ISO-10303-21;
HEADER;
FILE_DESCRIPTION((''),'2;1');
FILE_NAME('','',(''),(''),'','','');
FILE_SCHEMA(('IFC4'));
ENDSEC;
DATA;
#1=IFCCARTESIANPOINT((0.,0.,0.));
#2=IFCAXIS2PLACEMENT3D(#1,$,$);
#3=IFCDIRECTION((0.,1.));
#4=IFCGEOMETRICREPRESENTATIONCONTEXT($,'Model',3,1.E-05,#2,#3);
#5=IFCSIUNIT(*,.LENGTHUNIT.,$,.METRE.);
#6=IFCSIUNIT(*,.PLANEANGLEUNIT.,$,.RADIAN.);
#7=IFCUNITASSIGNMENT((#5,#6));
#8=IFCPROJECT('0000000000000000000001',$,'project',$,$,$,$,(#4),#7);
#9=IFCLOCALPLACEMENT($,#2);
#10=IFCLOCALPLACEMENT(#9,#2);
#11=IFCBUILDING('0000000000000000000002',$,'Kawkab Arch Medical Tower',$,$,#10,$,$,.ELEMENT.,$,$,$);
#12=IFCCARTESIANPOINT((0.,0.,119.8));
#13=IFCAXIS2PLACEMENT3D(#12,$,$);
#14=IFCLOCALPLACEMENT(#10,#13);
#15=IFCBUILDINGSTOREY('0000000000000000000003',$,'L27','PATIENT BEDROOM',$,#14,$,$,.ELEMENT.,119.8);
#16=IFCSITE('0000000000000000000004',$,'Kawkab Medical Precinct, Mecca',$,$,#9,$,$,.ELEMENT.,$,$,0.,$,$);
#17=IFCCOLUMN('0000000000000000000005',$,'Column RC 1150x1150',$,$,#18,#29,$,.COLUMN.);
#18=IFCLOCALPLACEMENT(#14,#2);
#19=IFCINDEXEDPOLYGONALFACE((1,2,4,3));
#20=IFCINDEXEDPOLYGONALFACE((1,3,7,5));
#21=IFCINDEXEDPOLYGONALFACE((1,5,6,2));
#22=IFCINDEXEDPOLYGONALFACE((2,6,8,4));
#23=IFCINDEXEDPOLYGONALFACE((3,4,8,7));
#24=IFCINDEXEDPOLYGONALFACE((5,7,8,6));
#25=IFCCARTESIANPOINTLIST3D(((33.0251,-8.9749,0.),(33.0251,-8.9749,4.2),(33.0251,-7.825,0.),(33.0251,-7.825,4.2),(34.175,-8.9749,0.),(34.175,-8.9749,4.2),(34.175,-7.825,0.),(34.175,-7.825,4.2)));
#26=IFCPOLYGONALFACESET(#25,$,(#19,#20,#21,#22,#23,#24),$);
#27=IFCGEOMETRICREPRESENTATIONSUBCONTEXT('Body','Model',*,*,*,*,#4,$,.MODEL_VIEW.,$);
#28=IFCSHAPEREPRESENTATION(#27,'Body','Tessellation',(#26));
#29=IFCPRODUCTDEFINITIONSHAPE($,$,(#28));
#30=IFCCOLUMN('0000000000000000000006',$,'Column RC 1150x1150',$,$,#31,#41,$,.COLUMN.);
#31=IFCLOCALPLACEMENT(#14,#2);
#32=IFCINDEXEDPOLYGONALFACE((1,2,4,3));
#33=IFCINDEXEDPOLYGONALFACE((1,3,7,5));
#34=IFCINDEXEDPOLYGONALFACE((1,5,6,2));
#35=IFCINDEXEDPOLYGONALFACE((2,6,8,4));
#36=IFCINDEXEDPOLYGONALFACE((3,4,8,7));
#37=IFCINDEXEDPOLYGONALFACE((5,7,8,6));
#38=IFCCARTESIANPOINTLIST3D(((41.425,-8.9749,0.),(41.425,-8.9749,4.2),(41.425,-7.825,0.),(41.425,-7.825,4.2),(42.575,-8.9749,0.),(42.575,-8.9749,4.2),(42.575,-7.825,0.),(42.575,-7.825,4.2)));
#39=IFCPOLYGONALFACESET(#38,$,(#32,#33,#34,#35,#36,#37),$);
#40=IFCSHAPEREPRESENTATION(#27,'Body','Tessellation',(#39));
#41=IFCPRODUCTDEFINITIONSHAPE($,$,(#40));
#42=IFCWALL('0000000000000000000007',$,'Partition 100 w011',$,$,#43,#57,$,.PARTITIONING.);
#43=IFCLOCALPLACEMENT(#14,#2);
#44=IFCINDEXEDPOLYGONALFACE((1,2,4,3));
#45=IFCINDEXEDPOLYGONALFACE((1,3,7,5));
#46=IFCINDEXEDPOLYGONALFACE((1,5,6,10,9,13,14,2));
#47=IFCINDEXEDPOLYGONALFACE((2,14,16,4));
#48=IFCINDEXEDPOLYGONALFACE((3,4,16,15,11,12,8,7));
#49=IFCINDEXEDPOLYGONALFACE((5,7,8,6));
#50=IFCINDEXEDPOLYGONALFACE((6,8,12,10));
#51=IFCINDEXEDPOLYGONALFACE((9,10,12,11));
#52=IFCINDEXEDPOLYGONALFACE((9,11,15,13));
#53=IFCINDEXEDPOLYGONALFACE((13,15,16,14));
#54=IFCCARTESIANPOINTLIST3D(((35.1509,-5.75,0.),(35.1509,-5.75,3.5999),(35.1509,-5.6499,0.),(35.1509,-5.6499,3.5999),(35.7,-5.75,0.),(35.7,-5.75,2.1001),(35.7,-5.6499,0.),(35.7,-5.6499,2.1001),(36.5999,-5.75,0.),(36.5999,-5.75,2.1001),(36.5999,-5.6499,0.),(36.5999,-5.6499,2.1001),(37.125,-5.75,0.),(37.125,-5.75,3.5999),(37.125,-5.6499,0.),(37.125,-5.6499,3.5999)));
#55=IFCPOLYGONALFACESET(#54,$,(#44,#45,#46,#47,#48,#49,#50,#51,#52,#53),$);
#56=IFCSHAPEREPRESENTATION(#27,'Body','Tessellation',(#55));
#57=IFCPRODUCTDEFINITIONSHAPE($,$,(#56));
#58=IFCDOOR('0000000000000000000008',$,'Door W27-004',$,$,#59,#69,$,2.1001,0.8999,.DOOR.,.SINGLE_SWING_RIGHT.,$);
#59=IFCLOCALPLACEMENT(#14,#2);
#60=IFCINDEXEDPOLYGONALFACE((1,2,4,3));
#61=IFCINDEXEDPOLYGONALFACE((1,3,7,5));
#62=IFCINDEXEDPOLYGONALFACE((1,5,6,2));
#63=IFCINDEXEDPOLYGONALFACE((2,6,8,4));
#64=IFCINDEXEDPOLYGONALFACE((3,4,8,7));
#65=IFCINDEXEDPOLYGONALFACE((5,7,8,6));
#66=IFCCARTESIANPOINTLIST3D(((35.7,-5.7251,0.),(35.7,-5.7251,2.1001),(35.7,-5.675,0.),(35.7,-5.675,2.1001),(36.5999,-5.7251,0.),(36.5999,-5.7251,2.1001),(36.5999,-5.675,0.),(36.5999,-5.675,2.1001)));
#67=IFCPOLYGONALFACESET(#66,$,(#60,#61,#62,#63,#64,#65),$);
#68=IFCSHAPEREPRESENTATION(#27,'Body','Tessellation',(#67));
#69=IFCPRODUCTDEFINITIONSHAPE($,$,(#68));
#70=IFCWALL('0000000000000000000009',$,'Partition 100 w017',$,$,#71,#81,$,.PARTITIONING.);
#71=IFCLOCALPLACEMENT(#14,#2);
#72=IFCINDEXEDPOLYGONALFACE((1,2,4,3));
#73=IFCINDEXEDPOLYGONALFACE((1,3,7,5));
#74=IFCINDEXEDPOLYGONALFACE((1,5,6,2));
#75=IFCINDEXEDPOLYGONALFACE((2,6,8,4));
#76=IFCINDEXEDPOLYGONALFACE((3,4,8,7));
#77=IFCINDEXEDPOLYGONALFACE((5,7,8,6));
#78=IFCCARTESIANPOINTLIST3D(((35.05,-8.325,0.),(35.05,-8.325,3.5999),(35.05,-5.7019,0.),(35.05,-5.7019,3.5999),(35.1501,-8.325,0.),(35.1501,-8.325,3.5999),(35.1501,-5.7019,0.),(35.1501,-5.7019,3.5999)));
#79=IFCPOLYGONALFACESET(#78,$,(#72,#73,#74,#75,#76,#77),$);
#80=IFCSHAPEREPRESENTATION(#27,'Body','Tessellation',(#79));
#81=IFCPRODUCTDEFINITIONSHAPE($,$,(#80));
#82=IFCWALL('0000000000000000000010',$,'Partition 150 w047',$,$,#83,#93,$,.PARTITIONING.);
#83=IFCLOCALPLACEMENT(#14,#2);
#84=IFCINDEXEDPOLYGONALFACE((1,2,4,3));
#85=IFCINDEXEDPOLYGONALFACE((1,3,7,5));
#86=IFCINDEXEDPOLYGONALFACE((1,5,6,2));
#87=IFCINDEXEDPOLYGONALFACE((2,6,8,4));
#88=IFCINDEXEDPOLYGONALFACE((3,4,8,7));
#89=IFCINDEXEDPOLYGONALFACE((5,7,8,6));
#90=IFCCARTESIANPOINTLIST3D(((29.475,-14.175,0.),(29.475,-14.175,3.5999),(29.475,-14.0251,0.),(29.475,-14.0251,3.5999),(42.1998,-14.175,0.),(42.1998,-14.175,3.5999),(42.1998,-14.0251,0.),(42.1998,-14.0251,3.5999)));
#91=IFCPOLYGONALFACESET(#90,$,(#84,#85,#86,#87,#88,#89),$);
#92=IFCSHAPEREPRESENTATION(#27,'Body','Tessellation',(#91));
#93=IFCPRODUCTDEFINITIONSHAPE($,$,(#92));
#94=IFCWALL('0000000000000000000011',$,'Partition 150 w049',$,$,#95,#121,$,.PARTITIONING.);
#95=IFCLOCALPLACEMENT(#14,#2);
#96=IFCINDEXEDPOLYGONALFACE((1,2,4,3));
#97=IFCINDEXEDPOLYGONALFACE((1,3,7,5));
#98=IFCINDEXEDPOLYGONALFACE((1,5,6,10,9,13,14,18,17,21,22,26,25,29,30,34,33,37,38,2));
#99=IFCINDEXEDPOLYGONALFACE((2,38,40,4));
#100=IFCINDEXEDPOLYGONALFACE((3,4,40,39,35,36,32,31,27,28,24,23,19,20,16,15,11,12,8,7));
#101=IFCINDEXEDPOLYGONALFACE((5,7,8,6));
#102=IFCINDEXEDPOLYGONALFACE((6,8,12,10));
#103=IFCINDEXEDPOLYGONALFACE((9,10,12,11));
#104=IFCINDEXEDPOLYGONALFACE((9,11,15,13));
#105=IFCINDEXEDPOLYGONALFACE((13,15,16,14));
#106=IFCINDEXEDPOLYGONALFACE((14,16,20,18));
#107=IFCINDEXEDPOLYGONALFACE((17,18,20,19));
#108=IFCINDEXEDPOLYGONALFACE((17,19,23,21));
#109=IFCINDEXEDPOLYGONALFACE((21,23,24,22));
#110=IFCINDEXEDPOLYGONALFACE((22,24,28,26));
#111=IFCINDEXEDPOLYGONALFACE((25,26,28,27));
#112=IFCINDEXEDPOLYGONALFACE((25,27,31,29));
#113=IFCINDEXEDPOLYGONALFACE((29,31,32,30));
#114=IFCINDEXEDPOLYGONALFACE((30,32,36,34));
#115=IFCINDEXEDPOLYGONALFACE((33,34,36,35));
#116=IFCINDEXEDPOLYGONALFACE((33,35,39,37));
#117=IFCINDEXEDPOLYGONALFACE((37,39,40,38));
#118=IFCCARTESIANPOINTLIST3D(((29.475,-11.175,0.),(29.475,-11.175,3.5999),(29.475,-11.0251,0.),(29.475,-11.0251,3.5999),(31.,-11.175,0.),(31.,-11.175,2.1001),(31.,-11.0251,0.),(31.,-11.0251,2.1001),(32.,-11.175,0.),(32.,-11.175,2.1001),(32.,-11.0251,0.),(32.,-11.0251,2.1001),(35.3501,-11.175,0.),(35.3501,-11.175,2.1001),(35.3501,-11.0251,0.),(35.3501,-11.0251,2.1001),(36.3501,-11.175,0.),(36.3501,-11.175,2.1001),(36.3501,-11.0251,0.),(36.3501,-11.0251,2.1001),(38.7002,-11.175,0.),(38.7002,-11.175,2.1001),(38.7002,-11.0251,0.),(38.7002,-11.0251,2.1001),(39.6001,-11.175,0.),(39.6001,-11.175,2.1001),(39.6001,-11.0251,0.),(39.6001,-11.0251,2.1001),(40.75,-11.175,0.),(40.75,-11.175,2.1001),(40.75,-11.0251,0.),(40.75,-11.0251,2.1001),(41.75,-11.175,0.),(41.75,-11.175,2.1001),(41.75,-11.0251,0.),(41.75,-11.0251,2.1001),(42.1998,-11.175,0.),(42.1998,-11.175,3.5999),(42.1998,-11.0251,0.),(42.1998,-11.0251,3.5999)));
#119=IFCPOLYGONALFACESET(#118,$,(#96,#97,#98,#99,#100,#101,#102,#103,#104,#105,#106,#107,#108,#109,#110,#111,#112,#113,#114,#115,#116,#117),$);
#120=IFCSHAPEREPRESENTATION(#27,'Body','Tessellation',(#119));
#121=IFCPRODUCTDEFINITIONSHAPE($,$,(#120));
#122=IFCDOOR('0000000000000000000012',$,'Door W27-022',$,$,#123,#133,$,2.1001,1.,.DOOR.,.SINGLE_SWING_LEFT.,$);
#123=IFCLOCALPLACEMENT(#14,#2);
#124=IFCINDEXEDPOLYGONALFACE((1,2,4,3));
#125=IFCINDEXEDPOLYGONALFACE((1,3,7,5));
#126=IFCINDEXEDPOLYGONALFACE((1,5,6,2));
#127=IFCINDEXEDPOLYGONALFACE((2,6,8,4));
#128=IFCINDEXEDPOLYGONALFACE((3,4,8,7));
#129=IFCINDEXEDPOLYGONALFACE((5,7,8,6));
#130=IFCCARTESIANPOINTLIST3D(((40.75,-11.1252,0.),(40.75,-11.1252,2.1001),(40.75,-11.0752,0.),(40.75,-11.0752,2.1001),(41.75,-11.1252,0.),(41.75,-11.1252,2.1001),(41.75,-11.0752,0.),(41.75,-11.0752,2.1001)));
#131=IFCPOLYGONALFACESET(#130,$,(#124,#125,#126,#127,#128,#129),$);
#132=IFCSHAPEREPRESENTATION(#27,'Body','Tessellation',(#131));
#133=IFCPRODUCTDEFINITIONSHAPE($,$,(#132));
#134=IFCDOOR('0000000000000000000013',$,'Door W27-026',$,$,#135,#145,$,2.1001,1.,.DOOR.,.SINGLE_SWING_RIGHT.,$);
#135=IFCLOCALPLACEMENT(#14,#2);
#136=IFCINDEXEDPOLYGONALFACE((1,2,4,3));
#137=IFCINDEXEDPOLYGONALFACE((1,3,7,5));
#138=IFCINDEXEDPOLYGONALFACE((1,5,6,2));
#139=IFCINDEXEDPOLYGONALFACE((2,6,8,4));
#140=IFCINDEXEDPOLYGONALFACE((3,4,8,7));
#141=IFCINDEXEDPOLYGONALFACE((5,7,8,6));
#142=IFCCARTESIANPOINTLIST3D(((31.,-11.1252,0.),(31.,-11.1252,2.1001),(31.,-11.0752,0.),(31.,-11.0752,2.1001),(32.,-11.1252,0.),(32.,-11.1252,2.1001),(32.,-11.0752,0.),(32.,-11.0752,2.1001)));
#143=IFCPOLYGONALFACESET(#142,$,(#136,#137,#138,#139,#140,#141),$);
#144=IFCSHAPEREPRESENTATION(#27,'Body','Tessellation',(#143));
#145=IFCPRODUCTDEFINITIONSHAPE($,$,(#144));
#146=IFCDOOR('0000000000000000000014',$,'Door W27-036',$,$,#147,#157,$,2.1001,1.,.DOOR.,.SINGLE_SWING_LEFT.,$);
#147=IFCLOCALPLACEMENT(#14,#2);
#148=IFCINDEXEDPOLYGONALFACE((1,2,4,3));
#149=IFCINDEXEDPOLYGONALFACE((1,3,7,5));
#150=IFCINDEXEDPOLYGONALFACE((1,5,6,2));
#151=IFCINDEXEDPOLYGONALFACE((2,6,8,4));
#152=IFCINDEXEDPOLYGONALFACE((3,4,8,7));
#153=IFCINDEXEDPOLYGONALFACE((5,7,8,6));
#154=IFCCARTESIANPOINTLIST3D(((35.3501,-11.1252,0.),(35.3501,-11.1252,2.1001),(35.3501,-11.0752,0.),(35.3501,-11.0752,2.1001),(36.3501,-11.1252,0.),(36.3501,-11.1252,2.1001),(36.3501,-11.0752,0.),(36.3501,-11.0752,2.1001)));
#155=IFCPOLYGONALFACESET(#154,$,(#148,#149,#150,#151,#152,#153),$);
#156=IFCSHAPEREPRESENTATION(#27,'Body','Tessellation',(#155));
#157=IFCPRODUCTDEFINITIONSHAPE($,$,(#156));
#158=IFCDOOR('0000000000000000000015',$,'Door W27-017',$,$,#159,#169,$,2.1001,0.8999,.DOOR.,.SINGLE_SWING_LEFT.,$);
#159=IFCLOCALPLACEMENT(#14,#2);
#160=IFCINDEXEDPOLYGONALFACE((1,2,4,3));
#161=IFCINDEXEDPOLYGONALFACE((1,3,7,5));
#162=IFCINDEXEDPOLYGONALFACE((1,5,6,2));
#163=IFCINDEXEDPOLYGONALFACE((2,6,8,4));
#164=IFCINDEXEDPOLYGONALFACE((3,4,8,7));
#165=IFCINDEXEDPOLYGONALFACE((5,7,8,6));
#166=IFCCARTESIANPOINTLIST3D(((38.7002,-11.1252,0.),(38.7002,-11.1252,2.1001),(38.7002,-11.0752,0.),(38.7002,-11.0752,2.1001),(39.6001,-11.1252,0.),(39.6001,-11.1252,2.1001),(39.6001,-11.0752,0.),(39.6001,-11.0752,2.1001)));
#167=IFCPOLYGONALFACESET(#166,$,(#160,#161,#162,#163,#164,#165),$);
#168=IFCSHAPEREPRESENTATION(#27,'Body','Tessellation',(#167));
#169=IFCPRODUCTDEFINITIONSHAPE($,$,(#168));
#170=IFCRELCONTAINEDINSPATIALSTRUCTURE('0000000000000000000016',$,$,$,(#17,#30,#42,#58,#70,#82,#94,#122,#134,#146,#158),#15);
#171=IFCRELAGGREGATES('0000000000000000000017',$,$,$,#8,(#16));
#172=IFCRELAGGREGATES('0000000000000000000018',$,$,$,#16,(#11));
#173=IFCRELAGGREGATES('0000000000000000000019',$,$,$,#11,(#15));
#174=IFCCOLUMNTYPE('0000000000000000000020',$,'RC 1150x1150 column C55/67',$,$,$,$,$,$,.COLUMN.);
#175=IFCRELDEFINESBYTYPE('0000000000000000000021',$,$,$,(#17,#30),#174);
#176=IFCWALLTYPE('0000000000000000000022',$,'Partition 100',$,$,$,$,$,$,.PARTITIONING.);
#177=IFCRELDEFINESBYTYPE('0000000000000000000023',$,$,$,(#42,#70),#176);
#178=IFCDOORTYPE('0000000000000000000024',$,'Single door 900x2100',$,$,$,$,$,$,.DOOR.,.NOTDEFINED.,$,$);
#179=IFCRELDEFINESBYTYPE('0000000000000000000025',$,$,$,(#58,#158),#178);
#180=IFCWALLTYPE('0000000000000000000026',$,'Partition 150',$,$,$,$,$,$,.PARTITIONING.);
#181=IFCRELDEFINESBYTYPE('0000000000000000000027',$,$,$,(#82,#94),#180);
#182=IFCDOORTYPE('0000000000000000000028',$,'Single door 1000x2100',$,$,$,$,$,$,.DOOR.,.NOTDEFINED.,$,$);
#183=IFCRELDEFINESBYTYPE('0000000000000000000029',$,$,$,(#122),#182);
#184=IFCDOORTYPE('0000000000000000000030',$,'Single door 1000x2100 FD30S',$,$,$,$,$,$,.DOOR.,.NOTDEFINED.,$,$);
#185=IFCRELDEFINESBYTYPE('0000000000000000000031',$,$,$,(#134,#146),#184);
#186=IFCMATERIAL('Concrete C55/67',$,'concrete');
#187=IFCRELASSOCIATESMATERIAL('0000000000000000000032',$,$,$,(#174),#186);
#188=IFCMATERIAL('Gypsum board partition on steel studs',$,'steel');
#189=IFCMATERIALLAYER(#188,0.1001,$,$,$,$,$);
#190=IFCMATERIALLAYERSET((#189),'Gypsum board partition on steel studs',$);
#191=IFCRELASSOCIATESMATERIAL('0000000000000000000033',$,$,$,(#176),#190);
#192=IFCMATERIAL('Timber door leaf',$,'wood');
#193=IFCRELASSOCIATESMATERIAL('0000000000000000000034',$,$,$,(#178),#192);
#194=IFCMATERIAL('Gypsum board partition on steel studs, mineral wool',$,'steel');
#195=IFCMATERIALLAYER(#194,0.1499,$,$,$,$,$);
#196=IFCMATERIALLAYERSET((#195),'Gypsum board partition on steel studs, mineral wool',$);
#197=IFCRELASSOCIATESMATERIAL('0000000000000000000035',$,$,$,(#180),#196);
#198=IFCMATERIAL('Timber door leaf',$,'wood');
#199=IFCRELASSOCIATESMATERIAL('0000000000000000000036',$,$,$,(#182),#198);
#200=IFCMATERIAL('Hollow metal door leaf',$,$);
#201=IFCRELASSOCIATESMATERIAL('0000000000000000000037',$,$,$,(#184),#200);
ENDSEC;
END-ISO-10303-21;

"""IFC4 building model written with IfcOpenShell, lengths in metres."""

from ifc_helpers import new_model, si_unit, direction, frame, frame_2d, origin, origin_2d, place, context, subcontext, project, spatial, rectangle, extrude, material, layer, layer_set, material_profile, profile_set, type_object, element, fill, save


model = new_model("IFC4")

# Units and contexts
model_context = context("Model", 3, precision=1e-05, world=origin(), true_north=direction((0.0, 1.0)))
body_context = subcontext(model_context, "Body", "Model", "MODEL_VIEW")
ifc_project = project(units=[si_unit("LENGTHUNIT", "METRE"), si_unit("PLANEANGLEUNIT", "RADIAN")], contexts=[model_context])

# Site, building, storey
site_placement = place(None, origin())
site = spatial("IfcSite", under=ifc_project, at=site_placement, Name="Kawkab Medical Precinct, Mecca", CompositionType="ELEMENT", RefElevation=0.0)
building_placement = place(site_placement, origin())
building = spatial("IfcBuilding", under=site, at=building_placement, Name="Kawkab Arch Medical Tower", CompositionType="ELEMENT")
storey_placement = place(building_placement, frame((0.0, 0.0, 119.8)))
storey = spatial("IfcBuildingStorey", under=building, at=storey_placement, Name="L27", Description="PATIENT BEDROOM", CompositionType="ELEMENT", Elevation=119.8)

# Columns
ifc_material_1 = material(Name="Concrete C55/67", Category="concrete")
ifc_material_profile = material_profile(ifc_material_1, rectangle(XDim=1.1499, YDim=1.1499, at=origin_2d()), Name="RC 1150x1150")
ifc_profile_set = profile_set([ifc_material_profile], Name="Concrete C55/67")
column_type = type_object("IfcColumnType", Name="RC 1150x1150 column C55/67", PredefinedType="COLUMN", material=ifc_profile_set)
for number, where, z_axis, x_axis, name in (
    (1, (33.6001, -8.3999, 0.0), (0.0, 0.0, 1.0), (1.0, 0.0, 0.0), "Column RC 1150x1150"),
    (2, (42.0, -8.3999, 0.0), (0.0, 0.0, 1.0), (1.0, 0.0, 0.0), "Column RC 1150x1150"),
):
    element("IfcColumn", number, at=place(storey_placement, frame(where, z_axis=z_axis, x_axis=x_axis)), inside=storey, type_object=column_type, Name=name, PredefinedType="COLUMN", context=body_context, shape_type="SweptSolid", body=[
        extrude(rectangle(XDim=1.1499, YDim=1.1499, at=origin_2d()), origin(), (0.0, 0.0, 1.0), 4.2),
    ])

# Wall, opening, door
ifc_material_2 = material(Name="Gypsum board partition on steel studs", Category="steel")
ifc_layer_1 = layer(ifc_material_2, 0.1001)
ifc_layer_set_1 = layer_set([ifc_layer_1], Name="Gypsum board partition on steel studs")
wall_type_1 = type_object("IfcWallType", Name="Partition 100", PredefinedType="PARTITIONING", material=ifc_layer_set_1)
wall_1_placement = place(storey_placement, frame((35.1509, -5.7, 0.0), z_axis=(0.0, 0.0, 1.0), x_axis=(1.0, 0.0, 0.0)))
wall_1 = element("IfcWall", 3, at=wall_1_placement, inside=storey, type_object=wall_type_1, Name="Partition 100 w011", PredefinedType="PARTITIONING", context=body_context, shape_type="SweptSolid", body=[
    extrude(rectangle(XDim=1.9741, YDim=0.1001, at=frame_2d((0.9871, 0.0))), origin(), (0.0, 0.0, 1.0), 3.5999),
])
opening_1_placement = place(wall_1_placement, frame((0.5491, 0.0, 0.0)))
opening_1 = element("IfcOpeningElement", 4, at=opening_1_placement, cuts=wall_1, PredefinedType="OPENING", context=body_context, shape_type="SweptSolid", body=[
    extrude(rectangle(XDim=0.8999, YDim=2.1001, at=frame_2d((0.45, 1.05))), frame((0.0, 0.0601, 0.0), z_axis=(0.0, -1.0, 0.0), x_axis=(1.0, 0.0, 0.0)), (0.0, 0.0, 1.0), 0.1201),
])
ifc_material_3 = material(Name="Timber door leaf", Category="wood")
door_type_1 = type_object("IfcDoorType", Name="Single door 900x2100", OperationType="NOTDEFINED", PredefinedType="DOOR", material=ifc_material_3)
door_1_placement = place(opening_1_placement, origin())
door_1 = element("IfcDoor", 5, at=door_1_placement, inside=storey, type_object=door_type_1, Name="Door W27-004", OperationType="SINGLE_SWING_RIGHT", OverallHeight=2.1001, OverallWidth=0.8999, PredefinedType="DOOR", context=body_context, shape_type="SweptSolid", body=[
    extrude(rectangle(XDim=0.8999, YDim=2.1001, at=frame_2d((0.45, 1.05))), frame((0.0, 0.0249, 0.0), z_axis=(0.0, -1.0, 0.0), x_axis=(1.0, 0.0, 0.0)), (0.0, 0.0, 1.0), 0.05),
])
fill(opening_1, door_1)

# Walls
wall_2_placement = place(storey_placement, frame((35.1001, -8.325, 0.0), z_axis=(0.0, 0.0, 1.0), x_axis=(0.0, 1.0, 0.0)))
element("IfcWall", 6, at=wall_2_placement, inside=storey, type_object=wall_type_1, Name="Partition 100 w017", PredefinedType="PARTITIONING", context=body_context, shape_type="SweptSolid", body=[
    extrude(rectangle(XDim=2.623, YDim=0.1001, at=frame_2d((1.3115, 0.0))), origin(), (0.0, 0.0, 1.0), 3.5999),
])
ifc_material_4 = material(Name="Gypsum board partition on steel studs, mineral wool", Category="steel")
ifc_layer_2 = layer(ifc_material_4, 0.1499)
ifc_layer_set_2 = layer_set([ifc_layer_2], Name="Gypsum board partition on steel studs, mineral wool")
wall_type_2 = type_object("IfcWallType", Name="Partition 150", PredefinedType="PARTITIONING", material=ifc_layer_set_2)
wall_3_placement = place(storey_placement, frame((29.4751, -14.1001, 0.0), z_axis=(0.0, 0.0, 1.0), x_axis=(1.0, 0.0, 0.0)))
element("IfcWall", 7, at=wall_3_placement, inside=storey, type_object=wall_type_2, Name="Partition 150 w047", PredefinedType="PARTITIONING", context=body_context, shape_type="SweptSolid", body=[
    extrude(rectangle(XDim=12.7249, YDim=0.1499, at=frame_2d((6.3623, 0.0))), origin(), (0.0, 0.0, 1.0), 3.5999),
])

# Wall, openings, doors
wall_4_placement = place(storey_placement, frame((29.4751, -11.1001, 0.0), z_axis=(0.0, 0.0, 1.0), x_axis=(1.0, 0.0, 0.0)))
wall_4 = element("IfcWall", 8, at=wall_4_placement, inside=storey, type_object=wall_type_2, Name="Partition 150 w049", PredefinedType="PARTITIONING", context=body_context, shape_type="SweptSolid", body=[
    extrude(rectangle(XDim=12.7249, YDim=0.1499, at=frame_2d((6.3623, 0.0))), origin(), (0.0, 0.0, 1.0), 3.5999),
])
opening_2_placement = place(wall_4_placement, frame((1.5249, 0.0, 0.0)))
opening_2 = element("IfcOpeningElement", 9, at=opening_2_placement, cuts=wall_4, PredefinedType="OPENING", context=body_context, shape_type="SweptSolid", body=[
    extrude(rectangle(XDim=1.0, YDim=2.1001, at=frame_2d((0.5, 1.05))), frame((0.0, 0.085, 0.0), z_axis=(0.0, -1.0, 0.0), x_axis=(1.0, 0.0, 0.0)), (0.0, 0.0, 1.0), 0.1699),
])
opening_3_placement = place(wall_4_placement, frame((9.2251, 0.0, 0.0)))
opening_3 = element("IfcOpeningElement", 10, at=opening_3_placement, cuts=wall_4, PredefinedType="OPENING", context=body_context, shape_type="SweptSolid", body=[
    extrude(rectangle(XDim=0.8999, YDim=2.1001, at=frame_2d((0.45, 1.05))), frame((0.0, 0.085, 0.0), z_axis=(0.0, -1.0, 0.0), x_axis=(1.0, 0.0, 0.0)), (0.0, 0.0, 1.0), 0.1699),
])
opening_4_placement = place(wall_4_placement, frame((11.2749, 0.0, 0.0)))
opening_4 = element("IfcOpeningElement", 11, at=opening_4_placement, cuts=wall_4, PredefinedType="OPENING", context=body_context, shape_type="SweptSolid", body=[
    extrude(rectangle(XDim=1.0, YDim=2.1001, at=frame_2d((0.5, 1.05))), frame((0.0, 0.085, 0.0), z_axis=(0.0, -1.0, 0.0), x_axis=(1.0, 0.0, 0.0)), (0.0, 0.0, 1.0), 0.1699),
])
opening_5_placement = place(wall_4_placement, frame((5.875, 0.0, 0.0)))
opening_5 = element("IfcOpeningElement", 12, at=opening_5_placement, cuts=wall_4, PredefinedType="OPENING", context=body_context, shape_type="SweptSolid", body=[
    extrude(rectangle(XDim=1.0, YDim=2.1001, at=frame_2d((0.5, 1.05))), frame((0.0, 0.085, 0.0), z_axis=(0.0, -1.0, 0.0), x_axis=(1.0, 0.0, 0.0)), (0.0, 0.0, 1.0), 0.1699),
])
ifc_material_5 = material(Name="Timber door leaf", Category="wood")
door_type_2 = type_object("IfcDoorType", Name="Single door 1000x2100", OperationType="NOTDEFINED", PredefinedType="DOOR", material=ifc_material_5)
door_2_placement = place(opening_4_placement, origin())
door_2 = element("IfcDoor", 13, at=door_2_placement, inside=storey, type_object=door_type_2, Name="Door W27-022", OperationType="SINGLE_SWING_LEFT", OverallHeight=2.1001, OverallWidth=1.0, PredefinedType="DOOR", context=body_context, shape_type="SweptSolid", body=[
    extrude(rectangle(XDim=1.0, YDim=2.1001, at=frame_2d((0.5, 1.05))), frame((0.0, 0.0249, 0.0), z_axis=(0.0, -1.0, 0.0), x_axis=(1.0, 0.0, 0.0)), (0.0, 0.0, 1.0), 0.05),
])
fill(opening_4, door_2)
ifc_material_6 = material(Name="Hollow metal door leaf")
door_type_3 = type_object("IfcDoorType", Name="Single door 1000x2100 FD30S", OperationType="NOTDEFINED", PredefinedType="DOOR", material=ifc_material_6)
door_3_placement = place(opening_2_placement, origin())
door_3 = element("IfcDoor", 14, at=door_3_placement, inside=storey, type_object=door_type_3, Name="Door W27-026", OperationType="SINGLE_SWING_RIGHT", OverallHeight=2.1001, OverallWidth=1.0, PredefinedType="DOOR", context=body_context, shape_type="SweptSolid", body=[
    extrude(rectangle(XDim=1.0, YDim=2.1001, at=frame_2d((0.5, 1.05))), frame((0.0, 0.0249, 0.0), z_axis=(0.0, -1.0, 0.0), x_axis=(1.0, 0.0, 0.0)), (0.0, 0.0, 1.0), 0.05),
])
fill(opening_2, door_3)
door_4_placement = place(opening_5_placement, origin())
door_4 = element("IfcDoor", 15, at=door_4_placement, inside=storey, type_object=door_type_3, Name="Door W27-036", OperationType="SINGLE_SWING_LEFT", OverallHeight=2.1001, OverallWidth=1.0, PredefinedType="DOOR", context=body_context, shape_type="SweptSolid", body=[
    extrude(rectangle(XDim=1.0, YDim=2.1001, at=frame_2d((0.5, 1.05))), frame((0.0, 0.0249, 0.0), z_axis=(0.0, -1.0, 0.0), x_axis=(1.0, 0.0, 0.0)), (0.0, 0.0, 1.0), 0.05),
])
fill(opening_5, door_4)
door_5_placement = place(opening_3_placement, origin())
door_5 = element("IfcDoor", 16, at=door_5_placement, inside=storey, type_object=door_type_1, Name="Door W27-017", OperationType="SINGLE_SWING_LEFT", OverallHeight=2.1001, OverallWidth=0.8999, PredefinedType="DOOR", context=body_context, shape_type="SweptSolid", body=[
    extrude(rectangle(XDim=0.8999, YDim=2.1001, at=frame_2d((0.45, 1.05))), frame((0.0, 0.0249, 0.0), z_axis=(0.0, -1.0, 0.0), x_axis=(1.0, 0.0, 0.0)), (0.0, 0.0, 1.0), 0.05),
])
fill(opening_3, door_5)

save(model, "model.ifc")
